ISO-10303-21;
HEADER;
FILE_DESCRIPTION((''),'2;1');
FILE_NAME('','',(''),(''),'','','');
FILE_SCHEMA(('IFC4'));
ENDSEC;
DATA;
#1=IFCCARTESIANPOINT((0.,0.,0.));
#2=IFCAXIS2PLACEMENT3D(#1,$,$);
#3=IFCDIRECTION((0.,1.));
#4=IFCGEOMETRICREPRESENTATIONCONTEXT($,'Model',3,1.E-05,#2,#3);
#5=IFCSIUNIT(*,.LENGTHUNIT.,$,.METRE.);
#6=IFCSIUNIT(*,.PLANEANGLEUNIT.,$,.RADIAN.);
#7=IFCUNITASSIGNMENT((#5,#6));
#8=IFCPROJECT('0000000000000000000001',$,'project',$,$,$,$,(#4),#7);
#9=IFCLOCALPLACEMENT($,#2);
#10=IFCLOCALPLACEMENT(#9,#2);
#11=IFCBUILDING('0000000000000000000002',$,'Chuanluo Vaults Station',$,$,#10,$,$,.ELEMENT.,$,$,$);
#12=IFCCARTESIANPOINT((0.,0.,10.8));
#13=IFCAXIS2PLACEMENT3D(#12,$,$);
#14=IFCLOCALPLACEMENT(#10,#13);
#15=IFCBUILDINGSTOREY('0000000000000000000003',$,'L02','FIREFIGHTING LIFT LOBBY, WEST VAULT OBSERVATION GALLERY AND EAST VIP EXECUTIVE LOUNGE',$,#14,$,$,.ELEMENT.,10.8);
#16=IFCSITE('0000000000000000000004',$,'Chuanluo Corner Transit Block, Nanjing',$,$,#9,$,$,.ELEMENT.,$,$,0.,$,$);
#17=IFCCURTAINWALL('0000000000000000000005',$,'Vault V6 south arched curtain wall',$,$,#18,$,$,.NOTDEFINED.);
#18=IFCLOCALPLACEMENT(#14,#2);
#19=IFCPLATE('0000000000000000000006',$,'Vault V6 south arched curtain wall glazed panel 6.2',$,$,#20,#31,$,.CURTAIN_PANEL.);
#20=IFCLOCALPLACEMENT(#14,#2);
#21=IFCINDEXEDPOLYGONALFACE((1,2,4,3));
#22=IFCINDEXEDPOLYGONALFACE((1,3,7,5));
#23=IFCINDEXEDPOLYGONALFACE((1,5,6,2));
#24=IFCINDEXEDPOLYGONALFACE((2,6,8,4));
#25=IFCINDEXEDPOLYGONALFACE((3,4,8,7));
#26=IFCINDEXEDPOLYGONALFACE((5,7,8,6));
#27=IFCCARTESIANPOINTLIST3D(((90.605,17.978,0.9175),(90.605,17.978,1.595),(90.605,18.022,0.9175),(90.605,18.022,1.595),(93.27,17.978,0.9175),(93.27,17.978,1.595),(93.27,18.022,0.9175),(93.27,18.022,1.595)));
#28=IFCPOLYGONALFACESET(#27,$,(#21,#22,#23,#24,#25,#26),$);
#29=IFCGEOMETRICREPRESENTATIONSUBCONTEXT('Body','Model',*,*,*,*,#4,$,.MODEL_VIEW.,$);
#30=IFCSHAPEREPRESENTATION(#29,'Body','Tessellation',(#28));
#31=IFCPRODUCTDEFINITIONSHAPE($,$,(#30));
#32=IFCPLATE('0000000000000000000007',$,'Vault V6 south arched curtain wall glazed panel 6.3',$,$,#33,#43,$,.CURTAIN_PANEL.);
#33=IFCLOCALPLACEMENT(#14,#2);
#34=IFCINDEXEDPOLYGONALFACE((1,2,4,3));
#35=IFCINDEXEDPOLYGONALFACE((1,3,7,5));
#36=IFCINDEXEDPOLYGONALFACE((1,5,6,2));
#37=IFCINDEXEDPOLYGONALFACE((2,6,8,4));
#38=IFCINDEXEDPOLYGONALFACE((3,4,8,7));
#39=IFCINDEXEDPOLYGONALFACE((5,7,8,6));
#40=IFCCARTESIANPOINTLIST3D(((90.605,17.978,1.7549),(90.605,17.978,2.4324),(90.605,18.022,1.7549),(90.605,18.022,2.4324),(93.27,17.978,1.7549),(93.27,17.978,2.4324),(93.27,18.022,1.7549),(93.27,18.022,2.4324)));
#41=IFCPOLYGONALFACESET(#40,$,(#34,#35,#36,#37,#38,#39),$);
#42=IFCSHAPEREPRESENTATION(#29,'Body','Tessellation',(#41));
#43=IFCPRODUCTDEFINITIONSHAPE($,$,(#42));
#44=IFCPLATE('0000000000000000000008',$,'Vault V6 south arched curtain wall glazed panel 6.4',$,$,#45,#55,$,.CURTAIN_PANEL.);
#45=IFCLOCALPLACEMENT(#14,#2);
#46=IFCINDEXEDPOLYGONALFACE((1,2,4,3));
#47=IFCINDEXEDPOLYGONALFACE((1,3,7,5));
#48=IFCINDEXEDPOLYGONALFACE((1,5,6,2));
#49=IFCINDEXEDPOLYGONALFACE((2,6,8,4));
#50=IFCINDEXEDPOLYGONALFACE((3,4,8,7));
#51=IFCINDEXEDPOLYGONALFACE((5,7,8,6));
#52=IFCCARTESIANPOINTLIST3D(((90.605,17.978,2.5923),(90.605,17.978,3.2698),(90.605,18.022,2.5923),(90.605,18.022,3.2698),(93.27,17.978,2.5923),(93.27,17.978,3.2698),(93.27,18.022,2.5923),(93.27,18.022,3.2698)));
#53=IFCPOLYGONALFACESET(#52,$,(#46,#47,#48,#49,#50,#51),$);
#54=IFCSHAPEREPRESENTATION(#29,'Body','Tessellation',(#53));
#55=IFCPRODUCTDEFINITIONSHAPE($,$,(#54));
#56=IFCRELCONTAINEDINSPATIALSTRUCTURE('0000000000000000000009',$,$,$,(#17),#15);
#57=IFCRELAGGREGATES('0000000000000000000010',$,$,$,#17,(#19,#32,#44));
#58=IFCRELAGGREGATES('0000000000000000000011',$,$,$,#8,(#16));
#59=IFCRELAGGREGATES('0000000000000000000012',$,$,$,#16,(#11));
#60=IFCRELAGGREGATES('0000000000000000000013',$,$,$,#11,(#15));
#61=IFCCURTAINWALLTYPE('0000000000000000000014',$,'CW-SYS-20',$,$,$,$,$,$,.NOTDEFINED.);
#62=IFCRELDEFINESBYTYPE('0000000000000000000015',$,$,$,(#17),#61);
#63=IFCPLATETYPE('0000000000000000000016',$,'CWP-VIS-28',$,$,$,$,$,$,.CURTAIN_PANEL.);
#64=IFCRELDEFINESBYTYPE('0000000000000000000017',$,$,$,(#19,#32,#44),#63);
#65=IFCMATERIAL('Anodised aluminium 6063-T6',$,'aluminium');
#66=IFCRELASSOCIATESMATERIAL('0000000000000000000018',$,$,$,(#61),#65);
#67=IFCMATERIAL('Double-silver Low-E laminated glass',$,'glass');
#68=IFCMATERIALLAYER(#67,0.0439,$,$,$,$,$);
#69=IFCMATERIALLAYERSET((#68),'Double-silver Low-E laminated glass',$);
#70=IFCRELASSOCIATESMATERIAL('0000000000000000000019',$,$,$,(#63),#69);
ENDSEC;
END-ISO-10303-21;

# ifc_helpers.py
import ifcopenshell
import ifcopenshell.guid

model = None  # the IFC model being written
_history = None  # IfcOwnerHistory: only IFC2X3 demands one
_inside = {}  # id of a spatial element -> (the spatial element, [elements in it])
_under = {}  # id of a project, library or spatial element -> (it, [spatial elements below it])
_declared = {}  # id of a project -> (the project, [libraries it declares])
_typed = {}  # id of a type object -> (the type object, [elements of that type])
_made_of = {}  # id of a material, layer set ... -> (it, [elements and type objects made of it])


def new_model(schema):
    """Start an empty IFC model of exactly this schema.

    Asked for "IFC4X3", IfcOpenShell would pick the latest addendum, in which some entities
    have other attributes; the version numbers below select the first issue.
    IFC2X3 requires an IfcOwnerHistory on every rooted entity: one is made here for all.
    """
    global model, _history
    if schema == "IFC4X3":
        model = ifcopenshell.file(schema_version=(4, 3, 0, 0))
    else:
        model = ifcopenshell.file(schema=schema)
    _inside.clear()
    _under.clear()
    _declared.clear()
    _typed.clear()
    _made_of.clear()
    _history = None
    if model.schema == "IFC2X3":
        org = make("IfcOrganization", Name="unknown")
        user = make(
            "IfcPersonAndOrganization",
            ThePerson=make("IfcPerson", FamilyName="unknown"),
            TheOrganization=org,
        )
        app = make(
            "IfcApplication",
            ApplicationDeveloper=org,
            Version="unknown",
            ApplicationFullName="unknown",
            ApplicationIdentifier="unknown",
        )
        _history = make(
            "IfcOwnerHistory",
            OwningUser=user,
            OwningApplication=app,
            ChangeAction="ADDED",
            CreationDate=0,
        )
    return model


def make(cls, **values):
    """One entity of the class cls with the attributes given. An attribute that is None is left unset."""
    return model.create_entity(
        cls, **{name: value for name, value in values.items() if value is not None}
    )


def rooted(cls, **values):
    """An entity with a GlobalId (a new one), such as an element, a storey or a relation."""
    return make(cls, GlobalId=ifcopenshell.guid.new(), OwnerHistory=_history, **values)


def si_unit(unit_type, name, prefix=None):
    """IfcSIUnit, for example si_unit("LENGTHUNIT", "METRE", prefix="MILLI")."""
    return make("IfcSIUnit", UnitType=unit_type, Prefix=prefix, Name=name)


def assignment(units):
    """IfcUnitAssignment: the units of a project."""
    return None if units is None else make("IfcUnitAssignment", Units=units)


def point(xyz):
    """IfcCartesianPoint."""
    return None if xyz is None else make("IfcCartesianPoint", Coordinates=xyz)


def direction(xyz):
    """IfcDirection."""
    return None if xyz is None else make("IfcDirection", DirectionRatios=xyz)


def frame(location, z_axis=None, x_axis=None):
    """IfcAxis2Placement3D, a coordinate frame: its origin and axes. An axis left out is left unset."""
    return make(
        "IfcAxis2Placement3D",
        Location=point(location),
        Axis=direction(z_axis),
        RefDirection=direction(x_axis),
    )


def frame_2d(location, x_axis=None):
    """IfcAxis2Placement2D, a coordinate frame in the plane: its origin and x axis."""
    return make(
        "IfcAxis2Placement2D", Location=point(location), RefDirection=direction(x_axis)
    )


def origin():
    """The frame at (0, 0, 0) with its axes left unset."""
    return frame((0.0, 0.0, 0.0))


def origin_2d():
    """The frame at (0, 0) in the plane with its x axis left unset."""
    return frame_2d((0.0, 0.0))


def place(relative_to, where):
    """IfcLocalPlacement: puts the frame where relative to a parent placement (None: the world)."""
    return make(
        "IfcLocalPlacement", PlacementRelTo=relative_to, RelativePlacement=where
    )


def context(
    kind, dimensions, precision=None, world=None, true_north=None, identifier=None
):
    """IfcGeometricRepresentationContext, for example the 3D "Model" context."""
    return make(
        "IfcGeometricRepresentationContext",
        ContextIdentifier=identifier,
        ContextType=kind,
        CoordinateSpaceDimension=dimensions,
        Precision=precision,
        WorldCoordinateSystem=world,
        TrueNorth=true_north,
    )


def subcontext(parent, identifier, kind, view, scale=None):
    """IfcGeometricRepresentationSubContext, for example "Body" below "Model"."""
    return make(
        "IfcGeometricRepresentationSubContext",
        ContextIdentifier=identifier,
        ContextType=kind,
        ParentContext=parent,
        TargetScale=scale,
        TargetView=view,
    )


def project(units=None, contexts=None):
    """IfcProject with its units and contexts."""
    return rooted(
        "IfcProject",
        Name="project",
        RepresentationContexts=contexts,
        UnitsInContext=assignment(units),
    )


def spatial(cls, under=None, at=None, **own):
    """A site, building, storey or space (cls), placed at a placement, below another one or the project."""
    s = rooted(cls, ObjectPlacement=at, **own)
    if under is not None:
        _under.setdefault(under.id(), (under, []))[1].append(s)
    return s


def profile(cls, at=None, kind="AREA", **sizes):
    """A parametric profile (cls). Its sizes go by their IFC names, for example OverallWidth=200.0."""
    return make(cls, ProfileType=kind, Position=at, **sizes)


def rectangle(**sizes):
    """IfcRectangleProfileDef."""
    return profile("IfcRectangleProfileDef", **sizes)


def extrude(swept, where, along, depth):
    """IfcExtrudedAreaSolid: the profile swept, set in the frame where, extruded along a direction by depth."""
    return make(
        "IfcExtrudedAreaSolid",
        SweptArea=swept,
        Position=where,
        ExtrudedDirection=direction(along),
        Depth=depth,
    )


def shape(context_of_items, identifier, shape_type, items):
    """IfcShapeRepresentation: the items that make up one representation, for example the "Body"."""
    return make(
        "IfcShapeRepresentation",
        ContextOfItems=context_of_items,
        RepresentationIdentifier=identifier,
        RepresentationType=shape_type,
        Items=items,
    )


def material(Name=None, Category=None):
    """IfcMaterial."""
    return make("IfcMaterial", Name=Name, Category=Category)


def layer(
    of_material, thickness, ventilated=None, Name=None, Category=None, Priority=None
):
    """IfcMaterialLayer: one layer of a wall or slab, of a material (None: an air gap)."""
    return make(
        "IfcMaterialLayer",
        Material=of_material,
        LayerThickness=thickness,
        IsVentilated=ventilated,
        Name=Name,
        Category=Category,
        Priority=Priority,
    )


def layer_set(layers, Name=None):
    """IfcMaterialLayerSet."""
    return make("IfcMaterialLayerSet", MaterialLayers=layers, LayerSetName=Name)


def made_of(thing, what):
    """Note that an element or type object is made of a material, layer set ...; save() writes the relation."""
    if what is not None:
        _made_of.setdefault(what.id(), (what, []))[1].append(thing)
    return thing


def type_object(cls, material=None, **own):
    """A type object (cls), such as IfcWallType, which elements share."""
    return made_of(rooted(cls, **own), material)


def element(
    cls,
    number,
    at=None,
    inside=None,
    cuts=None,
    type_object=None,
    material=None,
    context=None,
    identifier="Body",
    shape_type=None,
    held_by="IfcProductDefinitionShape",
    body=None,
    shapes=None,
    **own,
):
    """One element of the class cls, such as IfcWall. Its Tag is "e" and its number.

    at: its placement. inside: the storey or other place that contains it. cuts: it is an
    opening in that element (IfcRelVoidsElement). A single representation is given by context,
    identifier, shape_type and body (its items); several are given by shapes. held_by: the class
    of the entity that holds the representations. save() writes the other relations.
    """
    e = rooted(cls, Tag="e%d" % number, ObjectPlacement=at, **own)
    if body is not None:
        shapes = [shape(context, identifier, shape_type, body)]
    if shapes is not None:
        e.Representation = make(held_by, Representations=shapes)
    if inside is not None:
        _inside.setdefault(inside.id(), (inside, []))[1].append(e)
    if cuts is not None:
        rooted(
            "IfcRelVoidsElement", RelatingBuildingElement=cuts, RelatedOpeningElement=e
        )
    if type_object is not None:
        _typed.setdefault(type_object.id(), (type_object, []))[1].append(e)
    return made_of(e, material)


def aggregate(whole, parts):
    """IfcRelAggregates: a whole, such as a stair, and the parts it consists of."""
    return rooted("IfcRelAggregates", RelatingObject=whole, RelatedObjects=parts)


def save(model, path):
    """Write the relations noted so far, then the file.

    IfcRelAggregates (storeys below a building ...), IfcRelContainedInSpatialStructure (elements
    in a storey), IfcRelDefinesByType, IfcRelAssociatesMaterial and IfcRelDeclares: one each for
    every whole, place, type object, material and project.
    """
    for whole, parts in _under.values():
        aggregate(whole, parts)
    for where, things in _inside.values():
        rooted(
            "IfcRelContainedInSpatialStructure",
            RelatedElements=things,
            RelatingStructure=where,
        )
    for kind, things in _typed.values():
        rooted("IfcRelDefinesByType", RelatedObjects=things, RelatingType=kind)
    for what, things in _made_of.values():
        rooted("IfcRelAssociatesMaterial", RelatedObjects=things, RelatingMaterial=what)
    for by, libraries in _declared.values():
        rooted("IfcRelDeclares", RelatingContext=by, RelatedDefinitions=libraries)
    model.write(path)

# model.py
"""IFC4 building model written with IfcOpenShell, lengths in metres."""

from ifc_helpers import new_model, si_unit, direction, frame, origin, origin_2d, place, context, subcontext, project, spatial, rectangle, extrude, material, layer, layer_set, type_object, element, aggregate, save


model = new_model("IFC4")

# Units and contexts
model_context = context("Model", 3, precision=1e-05, world=origin(), true_north=direction((0.0, 1.0)))
body_context = subcontext(model_context, "Body", "Model", "MODEL_VIEW")
ifc_project = project(units=[si_unit("LENGTHUNIT", "METRE"), si_unit("PLANEANGLEUNIT", "RADIAN")], contexts=[model_context])

# Site, building, storey
site_placement = place(None, origin())
site = spatial("IfcSite", under=ifc_project, at=site_placement, Name="Chuanluo Corner Transit Block, Nanjing", CompositionType="ELEMENT", RefElevation=0.0)
building_placement = place(site_placement, origin())
building = spatial("IfcBuilding", under=site, at=building_placement, Name="Chuanluo Vaults Station", CompositionType="ELEMENT")
storey_placement = place(building_placement, frame((0.0, 0.0, 10.8)))
storey = spatial("IfcBuildingStorey", under=building, at=storey_placement, Name="L02", Description="FIREFIGHTING LIFT LOBBY, WEST VAULT OBSERVATION GALLERY AND EAST VIP EXECUTIVE LOUNGE", CompositionType="ELEMENT", Elevation=10.8)

# Curtain wall, plates
ifc_material_1 = material(Name="Anodised aluminium 6063-T6", Category="aluminium")
curtain_wall_type = type_object("IfcCurtainWallType", Name="CW-SYS-20", PredefinedType="NOTDEFINED", material=ifc_material_1)
curtain_wall_placement = place(storey_placement, origin())
curtain_wall = element("IfcCurtainWall", 1, at=curtain_wall_placement, inside=storey, type_object=curtain_wall_type, Name="Vault V6 south arched curtain wall", PredefinedType="NOTDEFINED")
ifc_material_2 = material(Name="Double-silver Low-E laminated glass", Category="glass")
ifc_layer_1 = layer(ifc_material_2, 0.0439)
ifc_layer_set_1 = layer_set([ifc_layer_1], Name="Double-silver Low-E laminated glass")
plate_type_1 = type_object("IfcPlateType", Name="CWP-VIS-28", PredefinedType="CURTAIN_PANEL", material=ifc_layer_set_1)
plate_1_placement = place(storey_placement, frame((91.9375, 18.0, 0.9175), z_axis=(0.0, 0.0, 1.0), x_axis=(-1.0, 0.0, 0.0)))
plate_1 = element("IfcPlate", 2, at=plate_1_placement, type_object=plate_type_1, Name="Vault V6 south arched curtain wall glazed panel 6.2", PredefinedType="CURTAIN_PANEL", context=body_context, shape_type="SweptSolid", body=[
    extrude(rectangle(XDim=2.665, YDim=0.0439, at=origin_2d()), origin(), (0.0, 0.0, 1.0), 0.6775),
])
plate_2_placement = place(storey_placement, frame((91.9375, 18.0, 1.7549), z_axis=(0.0, 0.0, 1.0), x_axis=(-1.0, 0.0, 0.0)))
plate_2 = element("IfcPlate", 3, at=plate_2_placement, type_object=plate_type_1, Name="Vault V6 south arched curtain wall glazed panel 6.3", PredefinedType="CURTAIN_PANEL", context=body_context, shape_type="SweptSolid", body=[
    extrude(rectangle(XDim=2.665, YDim=0.0439, at=origin_2d()), origin(), (0.0, 0.0, 1.0), 0.6775),
])
plate_3_placement = place(storey_placement, frame((91.9375, 18.0, 2.5923), z_axis=(0.0, 0.0, 1.0), x_axis=(-1.0, 0.0, 0.0)))
plate_3 = element("IfcPlate", 4, at=plate_3_placement, type_object=plate_type_1, Name="Vault V6 south arched curtain wall glazed panel 6.4", PredefinedType="CURTAIN_PANEL", context=body_context, shape_type="SweptSolid", body=[
    extrude(rectangle(XDim=2.665, YDim=0.0439, at=origin_2d()), origin(), (0.0, 0.0, 1.0), 0.6775),
])
aggregate(curtain_wall, [plate_1, plate_2, plate_3])

save(model, "model.ifc")
